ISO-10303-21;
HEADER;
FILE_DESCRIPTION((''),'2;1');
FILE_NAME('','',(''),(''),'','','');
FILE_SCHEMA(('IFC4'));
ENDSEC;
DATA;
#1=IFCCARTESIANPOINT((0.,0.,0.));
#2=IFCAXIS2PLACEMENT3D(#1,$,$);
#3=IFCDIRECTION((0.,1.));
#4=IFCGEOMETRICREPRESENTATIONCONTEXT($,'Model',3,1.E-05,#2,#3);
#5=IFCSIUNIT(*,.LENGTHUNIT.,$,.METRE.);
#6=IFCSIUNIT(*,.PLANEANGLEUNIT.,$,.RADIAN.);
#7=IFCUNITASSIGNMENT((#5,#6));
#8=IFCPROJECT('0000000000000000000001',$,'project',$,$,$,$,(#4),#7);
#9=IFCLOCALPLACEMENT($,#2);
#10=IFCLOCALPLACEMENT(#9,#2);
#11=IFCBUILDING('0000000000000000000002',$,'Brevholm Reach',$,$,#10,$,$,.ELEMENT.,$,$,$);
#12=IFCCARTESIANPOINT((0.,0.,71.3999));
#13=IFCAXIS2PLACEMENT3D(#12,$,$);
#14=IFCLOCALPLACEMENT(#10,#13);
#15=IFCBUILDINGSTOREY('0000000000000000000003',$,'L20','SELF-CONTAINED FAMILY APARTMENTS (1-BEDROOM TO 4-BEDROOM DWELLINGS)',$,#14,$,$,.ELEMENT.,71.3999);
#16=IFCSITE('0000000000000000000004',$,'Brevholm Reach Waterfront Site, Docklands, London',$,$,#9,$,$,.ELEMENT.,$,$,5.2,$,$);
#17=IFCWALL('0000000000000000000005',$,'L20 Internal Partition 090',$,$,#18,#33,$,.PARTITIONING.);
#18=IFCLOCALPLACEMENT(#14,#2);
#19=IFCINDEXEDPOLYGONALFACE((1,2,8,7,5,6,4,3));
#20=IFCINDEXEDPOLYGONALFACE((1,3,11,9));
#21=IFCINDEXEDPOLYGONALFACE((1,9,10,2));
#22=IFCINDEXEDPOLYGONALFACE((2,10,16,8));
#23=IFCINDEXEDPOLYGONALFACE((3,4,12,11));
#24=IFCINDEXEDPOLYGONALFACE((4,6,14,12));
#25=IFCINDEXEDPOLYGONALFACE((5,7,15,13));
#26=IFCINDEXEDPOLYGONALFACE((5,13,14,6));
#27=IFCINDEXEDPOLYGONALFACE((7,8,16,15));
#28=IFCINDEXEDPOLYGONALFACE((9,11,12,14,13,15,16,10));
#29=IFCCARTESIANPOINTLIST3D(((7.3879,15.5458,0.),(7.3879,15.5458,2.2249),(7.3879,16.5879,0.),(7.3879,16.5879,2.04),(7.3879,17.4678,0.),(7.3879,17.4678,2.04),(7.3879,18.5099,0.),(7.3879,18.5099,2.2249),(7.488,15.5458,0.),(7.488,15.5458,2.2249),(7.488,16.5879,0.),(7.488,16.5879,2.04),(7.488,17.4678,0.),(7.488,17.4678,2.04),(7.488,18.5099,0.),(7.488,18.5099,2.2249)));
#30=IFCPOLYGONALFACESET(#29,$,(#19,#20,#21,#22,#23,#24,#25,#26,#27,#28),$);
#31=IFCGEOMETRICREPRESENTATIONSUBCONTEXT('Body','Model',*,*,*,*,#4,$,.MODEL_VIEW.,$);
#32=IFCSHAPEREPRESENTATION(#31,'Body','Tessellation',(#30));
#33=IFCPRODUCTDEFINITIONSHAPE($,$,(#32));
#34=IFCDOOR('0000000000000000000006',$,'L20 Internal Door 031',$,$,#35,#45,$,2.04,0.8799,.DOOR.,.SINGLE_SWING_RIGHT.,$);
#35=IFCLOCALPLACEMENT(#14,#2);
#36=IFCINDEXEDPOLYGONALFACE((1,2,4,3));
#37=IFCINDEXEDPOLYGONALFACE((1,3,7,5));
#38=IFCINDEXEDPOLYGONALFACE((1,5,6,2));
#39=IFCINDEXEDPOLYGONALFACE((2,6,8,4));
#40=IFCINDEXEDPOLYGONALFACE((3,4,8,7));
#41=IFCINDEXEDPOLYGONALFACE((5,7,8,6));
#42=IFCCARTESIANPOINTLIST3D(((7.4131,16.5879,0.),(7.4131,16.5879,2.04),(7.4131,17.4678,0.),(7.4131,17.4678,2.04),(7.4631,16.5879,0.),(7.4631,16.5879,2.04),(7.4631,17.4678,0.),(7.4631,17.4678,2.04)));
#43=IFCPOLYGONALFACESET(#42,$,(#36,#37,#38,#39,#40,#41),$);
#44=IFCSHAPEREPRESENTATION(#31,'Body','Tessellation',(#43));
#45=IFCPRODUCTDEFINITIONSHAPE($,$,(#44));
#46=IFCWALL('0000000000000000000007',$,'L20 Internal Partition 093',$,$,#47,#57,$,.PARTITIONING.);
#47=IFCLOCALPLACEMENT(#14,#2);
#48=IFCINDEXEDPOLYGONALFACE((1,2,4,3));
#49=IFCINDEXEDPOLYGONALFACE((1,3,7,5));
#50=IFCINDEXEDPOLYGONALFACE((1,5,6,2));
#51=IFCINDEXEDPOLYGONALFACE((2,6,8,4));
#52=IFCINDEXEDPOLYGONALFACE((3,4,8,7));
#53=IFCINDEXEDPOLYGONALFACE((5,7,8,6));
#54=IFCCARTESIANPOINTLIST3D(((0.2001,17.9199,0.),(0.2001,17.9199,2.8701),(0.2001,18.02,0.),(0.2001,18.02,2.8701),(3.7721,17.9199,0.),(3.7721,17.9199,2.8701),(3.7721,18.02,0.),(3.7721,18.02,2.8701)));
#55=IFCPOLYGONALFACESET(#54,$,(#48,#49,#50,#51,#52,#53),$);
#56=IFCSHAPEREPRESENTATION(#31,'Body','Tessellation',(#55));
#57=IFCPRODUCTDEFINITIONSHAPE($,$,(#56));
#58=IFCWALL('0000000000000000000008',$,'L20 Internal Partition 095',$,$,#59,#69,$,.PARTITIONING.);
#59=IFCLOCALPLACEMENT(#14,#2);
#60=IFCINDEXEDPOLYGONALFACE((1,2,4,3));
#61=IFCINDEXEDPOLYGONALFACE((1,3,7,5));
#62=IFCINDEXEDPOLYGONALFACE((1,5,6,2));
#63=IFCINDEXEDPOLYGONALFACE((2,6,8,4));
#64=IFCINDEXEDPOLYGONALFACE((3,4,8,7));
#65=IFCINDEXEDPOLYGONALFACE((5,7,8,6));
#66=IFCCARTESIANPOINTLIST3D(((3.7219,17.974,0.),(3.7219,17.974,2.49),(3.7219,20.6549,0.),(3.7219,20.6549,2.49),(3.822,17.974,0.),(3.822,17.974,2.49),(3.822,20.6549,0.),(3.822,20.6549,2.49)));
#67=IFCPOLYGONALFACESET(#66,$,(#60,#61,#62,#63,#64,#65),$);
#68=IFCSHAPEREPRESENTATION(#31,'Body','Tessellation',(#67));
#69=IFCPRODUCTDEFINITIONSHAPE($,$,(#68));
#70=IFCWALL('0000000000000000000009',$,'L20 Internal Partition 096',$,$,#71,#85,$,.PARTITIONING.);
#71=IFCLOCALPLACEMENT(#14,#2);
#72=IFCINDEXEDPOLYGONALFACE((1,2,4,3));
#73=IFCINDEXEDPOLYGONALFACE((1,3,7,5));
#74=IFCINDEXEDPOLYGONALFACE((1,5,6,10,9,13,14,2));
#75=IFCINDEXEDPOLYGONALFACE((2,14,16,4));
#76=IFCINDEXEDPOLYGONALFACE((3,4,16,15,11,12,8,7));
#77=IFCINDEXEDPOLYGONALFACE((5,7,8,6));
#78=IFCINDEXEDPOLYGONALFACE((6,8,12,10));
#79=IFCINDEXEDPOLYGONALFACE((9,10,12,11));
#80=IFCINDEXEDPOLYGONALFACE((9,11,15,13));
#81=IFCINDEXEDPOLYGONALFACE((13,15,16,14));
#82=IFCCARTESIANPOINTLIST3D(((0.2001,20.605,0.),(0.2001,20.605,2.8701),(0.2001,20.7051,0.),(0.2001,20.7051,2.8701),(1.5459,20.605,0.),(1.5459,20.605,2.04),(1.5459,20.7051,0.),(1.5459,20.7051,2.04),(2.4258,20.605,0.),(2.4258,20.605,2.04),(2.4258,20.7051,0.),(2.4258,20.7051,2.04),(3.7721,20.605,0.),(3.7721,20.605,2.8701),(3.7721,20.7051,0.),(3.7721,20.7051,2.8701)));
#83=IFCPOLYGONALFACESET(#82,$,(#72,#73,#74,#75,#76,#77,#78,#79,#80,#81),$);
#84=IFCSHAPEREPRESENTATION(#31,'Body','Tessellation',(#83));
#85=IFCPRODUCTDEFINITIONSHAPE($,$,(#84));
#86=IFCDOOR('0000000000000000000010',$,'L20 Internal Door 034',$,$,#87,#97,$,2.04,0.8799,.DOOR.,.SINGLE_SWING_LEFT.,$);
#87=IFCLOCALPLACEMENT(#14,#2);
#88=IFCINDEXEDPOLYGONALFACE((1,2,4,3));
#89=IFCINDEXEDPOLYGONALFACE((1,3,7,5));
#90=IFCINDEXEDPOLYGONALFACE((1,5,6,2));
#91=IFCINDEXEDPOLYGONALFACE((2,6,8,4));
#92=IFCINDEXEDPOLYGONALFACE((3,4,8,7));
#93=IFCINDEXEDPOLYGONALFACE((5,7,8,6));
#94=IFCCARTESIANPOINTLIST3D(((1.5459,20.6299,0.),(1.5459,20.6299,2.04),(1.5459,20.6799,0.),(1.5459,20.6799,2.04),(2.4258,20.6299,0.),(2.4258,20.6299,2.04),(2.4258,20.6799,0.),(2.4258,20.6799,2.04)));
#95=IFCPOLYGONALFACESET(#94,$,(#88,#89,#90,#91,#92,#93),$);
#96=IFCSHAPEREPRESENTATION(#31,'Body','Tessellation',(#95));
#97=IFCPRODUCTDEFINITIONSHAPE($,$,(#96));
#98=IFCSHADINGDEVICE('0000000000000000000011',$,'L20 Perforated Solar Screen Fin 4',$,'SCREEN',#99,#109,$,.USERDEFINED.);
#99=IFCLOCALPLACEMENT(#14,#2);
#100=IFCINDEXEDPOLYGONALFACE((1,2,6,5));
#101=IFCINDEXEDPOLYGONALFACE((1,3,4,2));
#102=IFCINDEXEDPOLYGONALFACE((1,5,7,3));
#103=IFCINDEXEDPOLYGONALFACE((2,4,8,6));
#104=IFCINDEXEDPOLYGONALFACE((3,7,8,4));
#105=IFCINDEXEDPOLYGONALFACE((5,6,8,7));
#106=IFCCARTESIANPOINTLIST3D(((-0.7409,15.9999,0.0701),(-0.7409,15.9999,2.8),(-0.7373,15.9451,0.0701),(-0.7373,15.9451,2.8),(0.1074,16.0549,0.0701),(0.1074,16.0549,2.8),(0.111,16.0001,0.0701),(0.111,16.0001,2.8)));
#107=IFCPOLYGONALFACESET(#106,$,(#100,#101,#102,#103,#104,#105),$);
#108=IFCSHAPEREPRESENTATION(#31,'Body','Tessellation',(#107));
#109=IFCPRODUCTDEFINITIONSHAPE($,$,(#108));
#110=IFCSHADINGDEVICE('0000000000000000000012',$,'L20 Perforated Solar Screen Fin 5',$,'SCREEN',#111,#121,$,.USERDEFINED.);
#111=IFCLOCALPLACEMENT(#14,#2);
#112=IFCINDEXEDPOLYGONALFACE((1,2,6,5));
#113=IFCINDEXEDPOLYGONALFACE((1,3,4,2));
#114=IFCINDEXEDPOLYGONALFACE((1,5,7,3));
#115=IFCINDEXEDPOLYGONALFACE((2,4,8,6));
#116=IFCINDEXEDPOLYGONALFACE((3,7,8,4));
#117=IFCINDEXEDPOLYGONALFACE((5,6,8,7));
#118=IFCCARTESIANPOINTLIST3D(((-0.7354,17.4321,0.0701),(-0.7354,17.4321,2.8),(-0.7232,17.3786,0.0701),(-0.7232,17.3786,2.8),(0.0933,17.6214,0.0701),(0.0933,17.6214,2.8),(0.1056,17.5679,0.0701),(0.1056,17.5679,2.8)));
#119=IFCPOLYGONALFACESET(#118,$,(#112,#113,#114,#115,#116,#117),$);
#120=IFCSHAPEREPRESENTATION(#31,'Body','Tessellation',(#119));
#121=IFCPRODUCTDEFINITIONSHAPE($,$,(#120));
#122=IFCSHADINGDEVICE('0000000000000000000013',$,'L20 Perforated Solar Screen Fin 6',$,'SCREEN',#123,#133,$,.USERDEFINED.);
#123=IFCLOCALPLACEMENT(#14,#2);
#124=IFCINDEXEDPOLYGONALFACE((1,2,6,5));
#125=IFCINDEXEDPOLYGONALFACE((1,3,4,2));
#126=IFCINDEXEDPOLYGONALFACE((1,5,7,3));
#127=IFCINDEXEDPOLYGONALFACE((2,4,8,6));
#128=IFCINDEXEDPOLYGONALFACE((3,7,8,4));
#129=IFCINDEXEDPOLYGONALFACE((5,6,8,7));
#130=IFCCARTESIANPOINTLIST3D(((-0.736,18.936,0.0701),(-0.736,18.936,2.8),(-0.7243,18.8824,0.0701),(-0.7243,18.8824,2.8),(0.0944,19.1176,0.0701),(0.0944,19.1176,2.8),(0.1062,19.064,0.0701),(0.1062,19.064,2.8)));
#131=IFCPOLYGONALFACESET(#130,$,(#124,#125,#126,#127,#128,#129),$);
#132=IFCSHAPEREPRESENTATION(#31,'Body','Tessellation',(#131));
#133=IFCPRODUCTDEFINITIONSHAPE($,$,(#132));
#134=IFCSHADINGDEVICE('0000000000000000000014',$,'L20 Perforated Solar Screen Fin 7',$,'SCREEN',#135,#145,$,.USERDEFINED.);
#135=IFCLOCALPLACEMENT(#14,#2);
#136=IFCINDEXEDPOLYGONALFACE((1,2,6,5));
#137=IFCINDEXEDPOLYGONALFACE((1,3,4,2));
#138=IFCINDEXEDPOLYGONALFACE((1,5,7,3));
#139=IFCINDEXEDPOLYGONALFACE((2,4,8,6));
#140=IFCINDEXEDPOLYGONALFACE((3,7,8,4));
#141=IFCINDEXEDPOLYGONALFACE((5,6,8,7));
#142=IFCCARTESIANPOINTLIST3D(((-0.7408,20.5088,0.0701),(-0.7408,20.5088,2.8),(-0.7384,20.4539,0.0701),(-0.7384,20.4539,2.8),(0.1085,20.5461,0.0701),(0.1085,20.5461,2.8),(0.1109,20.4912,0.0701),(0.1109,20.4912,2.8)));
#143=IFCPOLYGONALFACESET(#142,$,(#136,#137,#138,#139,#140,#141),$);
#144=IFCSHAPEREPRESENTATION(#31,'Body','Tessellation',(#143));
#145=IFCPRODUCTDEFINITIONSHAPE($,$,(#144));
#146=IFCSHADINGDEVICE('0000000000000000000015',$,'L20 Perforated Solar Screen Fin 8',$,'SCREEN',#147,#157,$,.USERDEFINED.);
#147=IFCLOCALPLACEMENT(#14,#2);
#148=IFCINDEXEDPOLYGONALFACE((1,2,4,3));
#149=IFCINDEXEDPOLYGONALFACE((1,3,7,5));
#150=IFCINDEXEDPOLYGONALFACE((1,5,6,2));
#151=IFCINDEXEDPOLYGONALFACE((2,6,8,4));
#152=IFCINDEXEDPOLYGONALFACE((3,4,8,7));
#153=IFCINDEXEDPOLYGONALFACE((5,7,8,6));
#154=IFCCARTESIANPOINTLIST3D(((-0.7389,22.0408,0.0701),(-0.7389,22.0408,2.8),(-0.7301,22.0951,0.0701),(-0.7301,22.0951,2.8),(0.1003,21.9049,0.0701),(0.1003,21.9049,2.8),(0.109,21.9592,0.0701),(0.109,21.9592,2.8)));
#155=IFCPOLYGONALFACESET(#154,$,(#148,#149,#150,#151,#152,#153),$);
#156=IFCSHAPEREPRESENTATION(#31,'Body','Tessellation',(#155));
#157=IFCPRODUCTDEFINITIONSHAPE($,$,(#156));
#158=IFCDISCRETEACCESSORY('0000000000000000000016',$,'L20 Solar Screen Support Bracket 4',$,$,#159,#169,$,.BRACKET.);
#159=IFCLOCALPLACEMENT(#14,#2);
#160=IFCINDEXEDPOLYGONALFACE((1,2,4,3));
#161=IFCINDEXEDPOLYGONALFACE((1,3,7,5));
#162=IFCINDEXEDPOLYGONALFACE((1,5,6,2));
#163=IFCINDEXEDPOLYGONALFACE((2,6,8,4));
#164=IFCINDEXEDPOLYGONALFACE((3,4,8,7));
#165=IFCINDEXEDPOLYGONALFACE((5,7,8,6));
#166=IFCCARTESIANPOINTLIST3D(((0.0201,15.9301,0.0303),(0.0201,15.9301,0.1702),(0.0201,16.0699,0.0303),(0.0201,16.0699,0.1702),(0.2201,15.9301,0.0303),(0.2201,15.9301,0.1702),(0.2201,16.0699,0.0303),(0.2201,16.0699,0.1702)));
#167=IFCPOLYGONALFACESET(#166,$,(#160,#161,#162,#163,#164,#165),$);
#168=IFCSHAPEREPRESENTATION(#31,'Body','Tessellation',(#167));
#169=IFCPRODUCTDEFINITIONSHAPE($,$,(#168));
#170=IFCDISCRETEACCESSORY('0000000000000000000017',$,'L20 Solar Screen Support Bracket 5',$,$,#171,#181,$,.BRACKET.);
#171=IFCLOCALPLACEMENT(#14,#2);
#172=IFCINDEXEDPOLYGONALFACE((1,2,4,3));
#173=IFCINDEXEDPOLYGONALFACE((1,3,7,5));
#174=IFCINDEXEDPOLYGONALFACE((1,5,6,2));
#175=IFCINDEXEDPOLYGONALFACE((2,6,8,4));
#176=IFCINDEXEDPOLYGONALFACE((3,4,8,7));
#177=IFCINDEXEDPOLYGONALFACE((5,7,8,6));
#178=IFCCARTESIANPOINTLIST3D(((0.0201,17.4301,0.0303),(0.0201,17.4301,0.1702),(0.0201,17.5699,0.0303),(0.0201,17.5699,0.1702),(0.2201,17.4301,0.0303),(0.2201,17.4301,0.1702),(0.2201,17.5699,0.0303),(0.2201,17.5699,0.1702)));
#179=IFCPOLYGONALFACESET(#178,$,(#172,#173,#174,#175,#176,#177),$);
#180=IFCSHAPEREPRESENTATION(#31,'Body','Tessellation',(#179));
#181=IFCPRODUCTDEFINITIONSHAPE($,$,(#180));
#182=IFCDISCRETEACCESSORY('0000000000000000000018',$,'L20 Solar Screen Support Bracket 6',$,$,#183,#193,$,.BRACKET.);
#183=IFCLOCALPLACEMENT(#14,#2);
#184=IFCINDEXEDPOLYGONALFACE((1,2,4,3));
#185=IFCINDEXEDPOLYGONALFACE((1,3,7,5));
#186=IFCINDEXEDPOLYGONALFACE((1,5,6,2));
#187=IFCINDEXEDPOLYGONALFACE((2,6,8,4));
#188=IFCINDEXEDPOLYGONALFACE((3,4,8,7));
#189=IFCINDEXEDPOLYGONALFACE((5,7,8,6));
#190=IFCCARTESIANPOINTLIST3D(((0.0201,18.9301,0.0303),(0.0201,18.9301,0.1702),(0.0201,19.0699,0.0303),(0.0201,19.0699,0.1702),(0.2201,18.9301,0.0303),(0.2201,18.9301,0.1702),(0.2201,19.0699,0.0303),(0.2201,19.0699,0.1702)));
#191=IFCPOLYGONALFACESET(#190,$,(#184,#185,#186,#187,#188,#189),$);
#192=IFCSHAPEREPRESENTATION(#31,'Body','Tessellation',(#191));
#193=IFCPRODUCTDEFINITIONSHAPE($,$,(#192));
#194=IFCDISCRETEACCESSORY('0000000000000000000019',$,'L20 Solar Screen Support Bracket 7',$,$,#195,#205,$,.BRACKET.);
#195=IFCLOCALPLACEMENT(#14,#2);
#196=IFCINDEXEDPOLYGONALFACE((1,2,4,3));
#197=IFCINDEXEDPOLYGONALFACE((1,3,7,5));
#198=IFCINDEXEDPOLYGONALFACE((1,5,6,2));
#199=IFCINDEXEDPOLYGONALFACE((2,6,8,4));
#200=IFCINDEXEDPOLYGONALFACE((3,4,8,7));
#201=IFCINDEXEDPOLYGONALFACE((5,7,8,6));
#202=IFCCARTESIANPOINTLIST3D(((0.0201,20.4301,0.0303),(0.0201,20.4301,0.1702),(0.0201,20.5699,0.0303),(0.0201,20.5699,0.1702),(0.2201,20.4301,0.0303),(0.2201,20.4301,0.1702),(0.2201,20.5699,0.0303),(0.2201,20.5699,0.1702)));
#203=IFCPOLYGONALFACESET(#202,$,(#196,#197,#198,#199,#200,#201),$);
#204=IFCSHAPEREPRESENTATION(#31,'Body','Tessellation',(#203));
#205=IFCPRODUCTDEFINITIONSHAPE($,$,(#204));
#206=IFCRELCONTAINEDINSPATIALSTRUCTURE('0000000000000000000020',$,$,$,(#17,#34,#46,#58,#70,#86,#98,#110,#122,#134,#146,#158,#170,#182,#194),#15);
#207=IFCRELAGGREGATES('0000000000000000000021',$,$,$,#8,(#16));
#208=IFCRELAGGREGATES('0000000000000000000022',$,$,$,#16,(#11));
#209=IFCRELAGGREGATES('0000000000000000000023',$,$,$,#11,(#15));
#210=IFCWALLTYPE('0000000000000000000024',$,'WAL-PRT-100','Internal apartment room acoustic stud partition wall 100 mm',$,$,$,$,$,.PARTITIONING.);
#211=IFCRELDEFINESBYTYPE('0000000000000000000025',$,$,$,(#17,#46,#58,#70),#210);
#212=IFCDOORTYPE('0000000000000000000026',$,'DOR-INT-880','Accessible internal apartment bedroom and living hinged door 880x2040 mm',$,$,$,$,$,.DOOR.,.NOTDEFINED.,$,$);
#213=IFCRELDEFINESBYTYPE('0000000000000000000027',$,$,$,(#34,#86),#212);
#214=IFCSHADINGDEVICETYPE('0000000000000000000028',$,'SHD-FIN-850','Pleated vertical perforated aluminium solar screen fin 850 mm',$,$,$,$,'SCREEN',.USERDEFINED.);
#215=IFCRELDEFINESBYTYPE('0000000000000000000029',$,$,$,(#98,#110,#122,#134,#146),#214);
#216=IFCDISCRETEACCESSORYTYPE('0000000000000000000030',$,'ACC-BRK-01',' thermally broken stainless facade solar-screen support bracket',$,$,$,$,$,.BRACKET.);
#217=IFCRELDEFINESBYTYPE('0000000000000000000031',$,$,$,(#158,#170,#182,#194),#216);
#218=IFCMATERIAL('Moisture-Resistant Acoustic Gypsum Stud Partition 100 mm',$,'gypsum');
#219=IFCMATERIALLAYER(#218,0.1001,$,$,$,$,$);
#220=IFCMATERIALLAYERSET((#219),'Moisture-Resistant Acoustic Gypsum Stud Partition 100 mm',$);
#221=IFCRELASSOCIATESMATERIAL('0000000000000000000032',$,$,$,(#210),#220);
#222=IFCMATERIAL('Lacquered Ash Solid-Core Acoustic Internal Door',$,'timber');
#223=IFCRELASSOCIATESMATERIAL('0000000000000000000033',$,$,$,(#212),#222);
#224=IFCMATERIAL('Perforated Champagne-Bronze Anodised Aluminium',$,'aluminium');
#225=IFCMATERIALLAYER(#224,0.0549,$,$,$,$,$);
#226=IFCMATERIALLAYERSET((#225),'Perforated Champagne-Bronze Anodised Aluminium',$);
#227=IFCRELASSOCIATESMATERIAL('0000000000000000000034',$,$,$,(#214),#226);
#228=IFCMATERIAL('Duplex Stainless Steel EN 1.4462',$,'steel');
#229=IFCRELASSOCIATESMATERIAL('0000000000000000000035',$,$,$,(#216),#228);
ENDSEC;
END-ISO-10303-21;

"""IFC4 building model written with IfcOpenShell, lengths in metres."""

from ifc_helpers import new_model, si_unit, direction, frame, frame_2d, origin, origin_2d, place, context, subcontext, project, spatial, rectangle, extrude, material, layer, layer_set, type_object, element, fill, save


model = new_model("IFC4")

# Units and contexts
model_context = context("Model", 3, precision=1e-05, world=origin(), true_north=direction((0.0, 1.0)))
body_context = subcontext(model_context, "Body", "Model", "MODEL_VIEW")
ifc_project = project(units=[si_unit("LENGTHUNIT", "METRE"), si_unit("PLANEANGLEUNIT", "RADIAN")], contexts=[model_context])

# Site, building, storey
site_placement = place(None, origin())
site = spatial("IfcSite", under=ifc_project, at=site_placement, Name="Brevholm Reach Waterfront Site, Docklands, London", CompositionType="ELEMENT", RefElevation=5.2)
building_placement = place(site_placement, origin())
building = spatial("IfcBuilding", under=site, at=building_placement, Name="Brevholm Reach", CompositionType="ELEMENT")
storey_placement = place(building_placement, frame((0.0, 0.0, 71.3999)))
storey = spatial("IfcBuildingStorey", under=building, at=storey_placement, Name="L20", Description="SELF-CONTAINED FAMILY APARTMENTS (1-BEDROOM TO 4-BEDROOM DWELLINGS)", CompositionType="ELEMENT", Elevation=71.3999)

# Shared definitions
ifc_material_1 = material(Name="Moisture-Resistant Acoustic Gypsum Stud Partition 100 mm", Category="gypsum")
ifc_layer_1 = layer(ifc_material_1, 0.1001)
ifc_layer_set_1 = layer_set([ifc_layer_1], Name="Moisture-Resistant Acoustic Gypsum Stud Partition 100 mm")
wall_type = type_object("IfcWallType", Name="WAL-PRT-100", Description="Internal apartment room acoustic stud partition wall 100 mm", PredefinedType="PARTITIONING", material=ifc_layer_set_1)

# Wall, opening, door
wall_1_placement = place(storey_placement, frame((7.438, 15.5459, 0.0), z_axis=(0.0, 0.0, 1.0), x_axis=(0.0, 1.0, 0.0)))
wall_1 = element("IfcWall", 1, at=wall_1_placement, inside=storey, type_object=wall_type, Name="L20 Internal Partition 090", PredefinedType="PARTITIONING", context=body_context, shape_type="SweptSolid", body=[
    extrude(rectangle(XDim=2.9641, YDim=0.1001, at=frame_2d((1.4819, 0.0))), origin(), (0.0, 0.0, 1.0), 2.2249),
])
opening_1_placement = place(wall_1_placement, frame((1.042, 0.0, 0.0)))
opening_1 = element("IfcOpeningElement", 2, at=opening_1_placement, cuts=wall_1, PredefinedType="OPENING", context=body_context, shape_type="SweptSolid", body=[
    extrude(rectangle(XDim=0.8799, YDim=2.04, at=frame_2d((0.4399, 1.02))), frame((0.0, 0.0601, 0.0), z_axis=(0.0, -1.0, 0.0), x_axis=(1.0, 0.0, 0.0)), (0.0, 0.0, 1.0), 0.1201),
])
ifc_material_2 = material(Name="Lacquered Ash Solid-Core Acoustic Internal Door", Category="timber")
door_type = type_object("IfcDoorType", Name="DOR-INT-880", Description="Accessible internal apartment bedroom and living hinged door 880x2040 mm", OperationType="NOTDEFINED", PredefinedType="DOOR", material=ifc_material_2)
door_1_placement = place(opening_1_placement, origin())
door_1 = element("IfcDoor", 3, at=door_1_placement, inside=storey, type_object=door_type, Name="L20 Internal Door 031", OperationType="SINGLE_SWING_RIGHT", OverallHeight=2.04, OverallWidth=0.8799, PredefinedType="DOOR", context=body_context, shape_type="SweptSolid", body=[
    extrude(rectangle(XDim=0.8799, YDim=2.04, at=frame_2d((0.4399, 1.02))), frame((0.0, 0.0249, 0.0), z_axis=(0.0, -1.0, 0.0), x_axis=(1.0, 0.0, 0.0)), (0.0, 0.0, 1.0), 0.05),
])
fill(opening_1, door_1)

# Walls
wall_2_placement = place(storey_placement, frame((0.2, 17.97, 0.0), z_axis=(0.0, 0.0, 1.0), x_axis=(1.0, 0.0, 0.0)))
element("IfcWall", 4, at=wall_2_placement, inside=storey, type_object=wall_type, Name="L20 Internal Partition 093", PredefinedType="PARTITIONING", context=body_context, shape_type="SweptSolid", body=[
    extrude(rectangle(XDim=3.572, YDim=0.1001, at=frame_2d((1.7861, 0.0))), origin(), (0.0, 0.0, 1.0), 2.8701),
])
wall_3_placement = place(storey_placement, frame((3.772, 17.9741, 0.0), z_axis=(0.0, 0.0, 1.0), x_axis=(0.0, 1.0, 0.0)))
element("IfcWall", 5, at=wall_3_placement, inside=storey, type_object=wall_type, Name="L20 Internal Partition 095", PredefinedType="PARTITIONING", context=body_context, shape_type="SweptSolid", body=[
    extrude(rectangle(XDim=2.6809, YDim=0.1001, at=frame_2d((1.3403, 0.0))), origin(), (0.0, 0.0, 1.0), 2.49),
])

# Wall, opening, door
wall_4_placement = place(storey_placement, frame((0.2, 20.655, 0.0), z_axis=(0.0, 0.0, 1.0), x_axis=(1.0, 0.0, 0.0)))
wall_4 = element("IfcWall", 6, at=wall_4_placement, inside=storey, type_object=wall_type, Name="L20 Internal Partition 096", PredefinedType="PARTITIONING", context=body_context, shape_type="SweptSolid", body=[
    extrude(rectangle(XDim=3.572, YDim=0.1001, at=frame_2d((1.7861, 0.0))), origin(), (0.0, 0.0, 1.0), 2.8701),
])
opening_2_placement = place(wall_4_placement, frame((1.3459, 0.0, 0.0)))
opening_2 = element("IfcOpeningElement", 7, at=opening_2_placement, cuts=wall_4, PredefinedType="OPENING", context=body_context, shape_type="SweptSolid", body=[
    extrude(rectangle(XDim=0.8799, YDim=2.04, at=frame_2d((0.4399, 1.02))), frame((0.0, 0.0601, 0.0), z_axis=(0.0, -1.0, 0.0), x_axis=(1.0, 0.0, 0.0)), (0.0, 0.0, 1.0), 0.1201),
])
door_2_placement = place(opening_2_placement, origin())
door_2 = element("IfcDoor", 8, at=door_2_placement, inside=storey, type_object=door_type, Name="L20 Internal Door 034", OperationType="SINGLE_SWING_LEFT", OverallHeight=2.04, OverallWidth=0.8799, PredefinedType="DOOR", context=body_context, shape_type="SweptSolid", body=[
    extrude(rectangle(XDim=0.8799, YDim=2.04, at=frame_2d((0.4399, 1.02))), frame((0.0, 0.0249, 0.0), z_axis=(0.0, -1.0, 0.0), x_axis=(1.0, 0.0, 0.0)), (0.0, 0.0, 1.0), 0.05),
])
fill(opening_2, door_2)

# Shading devices
ifc_material_3 = material(Name="Perforated Champagne-Bronze Anodised Aluminium", Category="aluminium")
ifc_layer_2 = layer(ifc_material_3, 0.0549)
ifc_layer_set_2 = layer_set([ifc_layer_2], Name="Perforated Champagne-Bronze Anodised Aluminium")
shading_device_type = type_object("IfcShadingDeviceType", Name="SHD-FIN-850", Description="Pleated vertical perforated aluminium solar screen fin 850 mm", ElementType="SCREEN", PredefinedType="USERDEFINED", material=ifc_layer_set_2)
for number, where, z_axis, x_axis, name in (
    (9, (-0.3149, 16.0, 0.0701), (0.0, 0.0, 1.0), (-0.997908, -0.064654, 0.0), "L20 Perforated Solar Screen Fin 4"),
    (10, (-0.3149, 17.5, 0.0701), (0.0, 0.0, 1.0), (-0.974894, -0.222672, 0.0), "L20 Perforated Solar Screen Fin 5"),
    (11, (-0.3149, 19.0, 0.0701), (0.0, 0.0, 1.0), (-0.976908, -0.213661, 0.0), "L20 Perforated Solar Screen Fin 6"),
    (12, (-0.3149, 20.5, 0.0701), (0.0, 0.0, 1.0), (-0.999035, -0.043916, 0.0), "L20 Perforated Solar Screen Fin 7"),
    (13, (-0.3149, 22.0, 0.0701), (0.0, 0.0, 1.0), (-0.987142, 0.159847, 0.0), "L20 Perforated Solar Screen Fin 8"),
):
    element("IfcShadingDevice", number, at=place(storey_placement, frame(where, z_axis=z_axis, x_axis=x_axis)), inside=storey, type_object=shading_device_type, Name=name, ObjectType="SCREEN", PredefinedType="USERDEFINED", context=body_context, shape_type="SweptSolid", body=[
        extrude(rectangle(XDim=0.8501, YDim=0.0549, at=origin_2d()), origin(), (0.0, 0.0, 1.0), 2.73),
    ])

# Discrete accessories
ifc_material_4 = material(Name="Duplex Stainless Steel EN 1.4462", Category="steel")
discrete_accessory_type = type_object("IfcDiscreteAccessoryType", Name="ACC-BRK-01", Description=" thermally broken stainless facade solar-screen support bracket", PredefinedType="BRACKET", material=ifc_material_4)
for number, where, z_axis, x_axis, name in (
    (14, (0.1201, 16.0, 0.0303), (0.0, 0.0, 1.0), (-1.0, 0.0, 0.0), "L20 Solar Screen Support Bracket 4"),
    (15, (0.1201, 17.5, 0.0303), (0.0, 0.0, 1.0), (-1.0, 0.0, 0.0), "L20 Solar Screen Support Bracket 5"),
    (16, (0.1201, 19.0, 0.0303), (0.0, 0.0, 1.0), (-1.0, 0.0, 0.0), "L20 Solar Screen Support Bracket 6"),
    (17, (0.1201, 20.5, 0.0303), (0.0, 0.0, 1.0), (-1.0, 0.0, 0.0), "L20 Solar Screen Support Bracket 7"),
):
    element("IfcDiscreteAccessory", number, at=place(storey_placement, frame(where, z_axis=z_axis, x_axis=x_axis)), inside=storey, type_object=discrete_accessory_type, Name=name, PredefinedType="BRACKET", context=body_context, shape_type="SweptSolid", body=[
        extrude(rectangle(XDim=0.2, YDim=0.1399, at=origin_2d()), origin(), (0.0, 0.0, 1.0), 0.1399),
    ])

save(model, "model.ifc")
